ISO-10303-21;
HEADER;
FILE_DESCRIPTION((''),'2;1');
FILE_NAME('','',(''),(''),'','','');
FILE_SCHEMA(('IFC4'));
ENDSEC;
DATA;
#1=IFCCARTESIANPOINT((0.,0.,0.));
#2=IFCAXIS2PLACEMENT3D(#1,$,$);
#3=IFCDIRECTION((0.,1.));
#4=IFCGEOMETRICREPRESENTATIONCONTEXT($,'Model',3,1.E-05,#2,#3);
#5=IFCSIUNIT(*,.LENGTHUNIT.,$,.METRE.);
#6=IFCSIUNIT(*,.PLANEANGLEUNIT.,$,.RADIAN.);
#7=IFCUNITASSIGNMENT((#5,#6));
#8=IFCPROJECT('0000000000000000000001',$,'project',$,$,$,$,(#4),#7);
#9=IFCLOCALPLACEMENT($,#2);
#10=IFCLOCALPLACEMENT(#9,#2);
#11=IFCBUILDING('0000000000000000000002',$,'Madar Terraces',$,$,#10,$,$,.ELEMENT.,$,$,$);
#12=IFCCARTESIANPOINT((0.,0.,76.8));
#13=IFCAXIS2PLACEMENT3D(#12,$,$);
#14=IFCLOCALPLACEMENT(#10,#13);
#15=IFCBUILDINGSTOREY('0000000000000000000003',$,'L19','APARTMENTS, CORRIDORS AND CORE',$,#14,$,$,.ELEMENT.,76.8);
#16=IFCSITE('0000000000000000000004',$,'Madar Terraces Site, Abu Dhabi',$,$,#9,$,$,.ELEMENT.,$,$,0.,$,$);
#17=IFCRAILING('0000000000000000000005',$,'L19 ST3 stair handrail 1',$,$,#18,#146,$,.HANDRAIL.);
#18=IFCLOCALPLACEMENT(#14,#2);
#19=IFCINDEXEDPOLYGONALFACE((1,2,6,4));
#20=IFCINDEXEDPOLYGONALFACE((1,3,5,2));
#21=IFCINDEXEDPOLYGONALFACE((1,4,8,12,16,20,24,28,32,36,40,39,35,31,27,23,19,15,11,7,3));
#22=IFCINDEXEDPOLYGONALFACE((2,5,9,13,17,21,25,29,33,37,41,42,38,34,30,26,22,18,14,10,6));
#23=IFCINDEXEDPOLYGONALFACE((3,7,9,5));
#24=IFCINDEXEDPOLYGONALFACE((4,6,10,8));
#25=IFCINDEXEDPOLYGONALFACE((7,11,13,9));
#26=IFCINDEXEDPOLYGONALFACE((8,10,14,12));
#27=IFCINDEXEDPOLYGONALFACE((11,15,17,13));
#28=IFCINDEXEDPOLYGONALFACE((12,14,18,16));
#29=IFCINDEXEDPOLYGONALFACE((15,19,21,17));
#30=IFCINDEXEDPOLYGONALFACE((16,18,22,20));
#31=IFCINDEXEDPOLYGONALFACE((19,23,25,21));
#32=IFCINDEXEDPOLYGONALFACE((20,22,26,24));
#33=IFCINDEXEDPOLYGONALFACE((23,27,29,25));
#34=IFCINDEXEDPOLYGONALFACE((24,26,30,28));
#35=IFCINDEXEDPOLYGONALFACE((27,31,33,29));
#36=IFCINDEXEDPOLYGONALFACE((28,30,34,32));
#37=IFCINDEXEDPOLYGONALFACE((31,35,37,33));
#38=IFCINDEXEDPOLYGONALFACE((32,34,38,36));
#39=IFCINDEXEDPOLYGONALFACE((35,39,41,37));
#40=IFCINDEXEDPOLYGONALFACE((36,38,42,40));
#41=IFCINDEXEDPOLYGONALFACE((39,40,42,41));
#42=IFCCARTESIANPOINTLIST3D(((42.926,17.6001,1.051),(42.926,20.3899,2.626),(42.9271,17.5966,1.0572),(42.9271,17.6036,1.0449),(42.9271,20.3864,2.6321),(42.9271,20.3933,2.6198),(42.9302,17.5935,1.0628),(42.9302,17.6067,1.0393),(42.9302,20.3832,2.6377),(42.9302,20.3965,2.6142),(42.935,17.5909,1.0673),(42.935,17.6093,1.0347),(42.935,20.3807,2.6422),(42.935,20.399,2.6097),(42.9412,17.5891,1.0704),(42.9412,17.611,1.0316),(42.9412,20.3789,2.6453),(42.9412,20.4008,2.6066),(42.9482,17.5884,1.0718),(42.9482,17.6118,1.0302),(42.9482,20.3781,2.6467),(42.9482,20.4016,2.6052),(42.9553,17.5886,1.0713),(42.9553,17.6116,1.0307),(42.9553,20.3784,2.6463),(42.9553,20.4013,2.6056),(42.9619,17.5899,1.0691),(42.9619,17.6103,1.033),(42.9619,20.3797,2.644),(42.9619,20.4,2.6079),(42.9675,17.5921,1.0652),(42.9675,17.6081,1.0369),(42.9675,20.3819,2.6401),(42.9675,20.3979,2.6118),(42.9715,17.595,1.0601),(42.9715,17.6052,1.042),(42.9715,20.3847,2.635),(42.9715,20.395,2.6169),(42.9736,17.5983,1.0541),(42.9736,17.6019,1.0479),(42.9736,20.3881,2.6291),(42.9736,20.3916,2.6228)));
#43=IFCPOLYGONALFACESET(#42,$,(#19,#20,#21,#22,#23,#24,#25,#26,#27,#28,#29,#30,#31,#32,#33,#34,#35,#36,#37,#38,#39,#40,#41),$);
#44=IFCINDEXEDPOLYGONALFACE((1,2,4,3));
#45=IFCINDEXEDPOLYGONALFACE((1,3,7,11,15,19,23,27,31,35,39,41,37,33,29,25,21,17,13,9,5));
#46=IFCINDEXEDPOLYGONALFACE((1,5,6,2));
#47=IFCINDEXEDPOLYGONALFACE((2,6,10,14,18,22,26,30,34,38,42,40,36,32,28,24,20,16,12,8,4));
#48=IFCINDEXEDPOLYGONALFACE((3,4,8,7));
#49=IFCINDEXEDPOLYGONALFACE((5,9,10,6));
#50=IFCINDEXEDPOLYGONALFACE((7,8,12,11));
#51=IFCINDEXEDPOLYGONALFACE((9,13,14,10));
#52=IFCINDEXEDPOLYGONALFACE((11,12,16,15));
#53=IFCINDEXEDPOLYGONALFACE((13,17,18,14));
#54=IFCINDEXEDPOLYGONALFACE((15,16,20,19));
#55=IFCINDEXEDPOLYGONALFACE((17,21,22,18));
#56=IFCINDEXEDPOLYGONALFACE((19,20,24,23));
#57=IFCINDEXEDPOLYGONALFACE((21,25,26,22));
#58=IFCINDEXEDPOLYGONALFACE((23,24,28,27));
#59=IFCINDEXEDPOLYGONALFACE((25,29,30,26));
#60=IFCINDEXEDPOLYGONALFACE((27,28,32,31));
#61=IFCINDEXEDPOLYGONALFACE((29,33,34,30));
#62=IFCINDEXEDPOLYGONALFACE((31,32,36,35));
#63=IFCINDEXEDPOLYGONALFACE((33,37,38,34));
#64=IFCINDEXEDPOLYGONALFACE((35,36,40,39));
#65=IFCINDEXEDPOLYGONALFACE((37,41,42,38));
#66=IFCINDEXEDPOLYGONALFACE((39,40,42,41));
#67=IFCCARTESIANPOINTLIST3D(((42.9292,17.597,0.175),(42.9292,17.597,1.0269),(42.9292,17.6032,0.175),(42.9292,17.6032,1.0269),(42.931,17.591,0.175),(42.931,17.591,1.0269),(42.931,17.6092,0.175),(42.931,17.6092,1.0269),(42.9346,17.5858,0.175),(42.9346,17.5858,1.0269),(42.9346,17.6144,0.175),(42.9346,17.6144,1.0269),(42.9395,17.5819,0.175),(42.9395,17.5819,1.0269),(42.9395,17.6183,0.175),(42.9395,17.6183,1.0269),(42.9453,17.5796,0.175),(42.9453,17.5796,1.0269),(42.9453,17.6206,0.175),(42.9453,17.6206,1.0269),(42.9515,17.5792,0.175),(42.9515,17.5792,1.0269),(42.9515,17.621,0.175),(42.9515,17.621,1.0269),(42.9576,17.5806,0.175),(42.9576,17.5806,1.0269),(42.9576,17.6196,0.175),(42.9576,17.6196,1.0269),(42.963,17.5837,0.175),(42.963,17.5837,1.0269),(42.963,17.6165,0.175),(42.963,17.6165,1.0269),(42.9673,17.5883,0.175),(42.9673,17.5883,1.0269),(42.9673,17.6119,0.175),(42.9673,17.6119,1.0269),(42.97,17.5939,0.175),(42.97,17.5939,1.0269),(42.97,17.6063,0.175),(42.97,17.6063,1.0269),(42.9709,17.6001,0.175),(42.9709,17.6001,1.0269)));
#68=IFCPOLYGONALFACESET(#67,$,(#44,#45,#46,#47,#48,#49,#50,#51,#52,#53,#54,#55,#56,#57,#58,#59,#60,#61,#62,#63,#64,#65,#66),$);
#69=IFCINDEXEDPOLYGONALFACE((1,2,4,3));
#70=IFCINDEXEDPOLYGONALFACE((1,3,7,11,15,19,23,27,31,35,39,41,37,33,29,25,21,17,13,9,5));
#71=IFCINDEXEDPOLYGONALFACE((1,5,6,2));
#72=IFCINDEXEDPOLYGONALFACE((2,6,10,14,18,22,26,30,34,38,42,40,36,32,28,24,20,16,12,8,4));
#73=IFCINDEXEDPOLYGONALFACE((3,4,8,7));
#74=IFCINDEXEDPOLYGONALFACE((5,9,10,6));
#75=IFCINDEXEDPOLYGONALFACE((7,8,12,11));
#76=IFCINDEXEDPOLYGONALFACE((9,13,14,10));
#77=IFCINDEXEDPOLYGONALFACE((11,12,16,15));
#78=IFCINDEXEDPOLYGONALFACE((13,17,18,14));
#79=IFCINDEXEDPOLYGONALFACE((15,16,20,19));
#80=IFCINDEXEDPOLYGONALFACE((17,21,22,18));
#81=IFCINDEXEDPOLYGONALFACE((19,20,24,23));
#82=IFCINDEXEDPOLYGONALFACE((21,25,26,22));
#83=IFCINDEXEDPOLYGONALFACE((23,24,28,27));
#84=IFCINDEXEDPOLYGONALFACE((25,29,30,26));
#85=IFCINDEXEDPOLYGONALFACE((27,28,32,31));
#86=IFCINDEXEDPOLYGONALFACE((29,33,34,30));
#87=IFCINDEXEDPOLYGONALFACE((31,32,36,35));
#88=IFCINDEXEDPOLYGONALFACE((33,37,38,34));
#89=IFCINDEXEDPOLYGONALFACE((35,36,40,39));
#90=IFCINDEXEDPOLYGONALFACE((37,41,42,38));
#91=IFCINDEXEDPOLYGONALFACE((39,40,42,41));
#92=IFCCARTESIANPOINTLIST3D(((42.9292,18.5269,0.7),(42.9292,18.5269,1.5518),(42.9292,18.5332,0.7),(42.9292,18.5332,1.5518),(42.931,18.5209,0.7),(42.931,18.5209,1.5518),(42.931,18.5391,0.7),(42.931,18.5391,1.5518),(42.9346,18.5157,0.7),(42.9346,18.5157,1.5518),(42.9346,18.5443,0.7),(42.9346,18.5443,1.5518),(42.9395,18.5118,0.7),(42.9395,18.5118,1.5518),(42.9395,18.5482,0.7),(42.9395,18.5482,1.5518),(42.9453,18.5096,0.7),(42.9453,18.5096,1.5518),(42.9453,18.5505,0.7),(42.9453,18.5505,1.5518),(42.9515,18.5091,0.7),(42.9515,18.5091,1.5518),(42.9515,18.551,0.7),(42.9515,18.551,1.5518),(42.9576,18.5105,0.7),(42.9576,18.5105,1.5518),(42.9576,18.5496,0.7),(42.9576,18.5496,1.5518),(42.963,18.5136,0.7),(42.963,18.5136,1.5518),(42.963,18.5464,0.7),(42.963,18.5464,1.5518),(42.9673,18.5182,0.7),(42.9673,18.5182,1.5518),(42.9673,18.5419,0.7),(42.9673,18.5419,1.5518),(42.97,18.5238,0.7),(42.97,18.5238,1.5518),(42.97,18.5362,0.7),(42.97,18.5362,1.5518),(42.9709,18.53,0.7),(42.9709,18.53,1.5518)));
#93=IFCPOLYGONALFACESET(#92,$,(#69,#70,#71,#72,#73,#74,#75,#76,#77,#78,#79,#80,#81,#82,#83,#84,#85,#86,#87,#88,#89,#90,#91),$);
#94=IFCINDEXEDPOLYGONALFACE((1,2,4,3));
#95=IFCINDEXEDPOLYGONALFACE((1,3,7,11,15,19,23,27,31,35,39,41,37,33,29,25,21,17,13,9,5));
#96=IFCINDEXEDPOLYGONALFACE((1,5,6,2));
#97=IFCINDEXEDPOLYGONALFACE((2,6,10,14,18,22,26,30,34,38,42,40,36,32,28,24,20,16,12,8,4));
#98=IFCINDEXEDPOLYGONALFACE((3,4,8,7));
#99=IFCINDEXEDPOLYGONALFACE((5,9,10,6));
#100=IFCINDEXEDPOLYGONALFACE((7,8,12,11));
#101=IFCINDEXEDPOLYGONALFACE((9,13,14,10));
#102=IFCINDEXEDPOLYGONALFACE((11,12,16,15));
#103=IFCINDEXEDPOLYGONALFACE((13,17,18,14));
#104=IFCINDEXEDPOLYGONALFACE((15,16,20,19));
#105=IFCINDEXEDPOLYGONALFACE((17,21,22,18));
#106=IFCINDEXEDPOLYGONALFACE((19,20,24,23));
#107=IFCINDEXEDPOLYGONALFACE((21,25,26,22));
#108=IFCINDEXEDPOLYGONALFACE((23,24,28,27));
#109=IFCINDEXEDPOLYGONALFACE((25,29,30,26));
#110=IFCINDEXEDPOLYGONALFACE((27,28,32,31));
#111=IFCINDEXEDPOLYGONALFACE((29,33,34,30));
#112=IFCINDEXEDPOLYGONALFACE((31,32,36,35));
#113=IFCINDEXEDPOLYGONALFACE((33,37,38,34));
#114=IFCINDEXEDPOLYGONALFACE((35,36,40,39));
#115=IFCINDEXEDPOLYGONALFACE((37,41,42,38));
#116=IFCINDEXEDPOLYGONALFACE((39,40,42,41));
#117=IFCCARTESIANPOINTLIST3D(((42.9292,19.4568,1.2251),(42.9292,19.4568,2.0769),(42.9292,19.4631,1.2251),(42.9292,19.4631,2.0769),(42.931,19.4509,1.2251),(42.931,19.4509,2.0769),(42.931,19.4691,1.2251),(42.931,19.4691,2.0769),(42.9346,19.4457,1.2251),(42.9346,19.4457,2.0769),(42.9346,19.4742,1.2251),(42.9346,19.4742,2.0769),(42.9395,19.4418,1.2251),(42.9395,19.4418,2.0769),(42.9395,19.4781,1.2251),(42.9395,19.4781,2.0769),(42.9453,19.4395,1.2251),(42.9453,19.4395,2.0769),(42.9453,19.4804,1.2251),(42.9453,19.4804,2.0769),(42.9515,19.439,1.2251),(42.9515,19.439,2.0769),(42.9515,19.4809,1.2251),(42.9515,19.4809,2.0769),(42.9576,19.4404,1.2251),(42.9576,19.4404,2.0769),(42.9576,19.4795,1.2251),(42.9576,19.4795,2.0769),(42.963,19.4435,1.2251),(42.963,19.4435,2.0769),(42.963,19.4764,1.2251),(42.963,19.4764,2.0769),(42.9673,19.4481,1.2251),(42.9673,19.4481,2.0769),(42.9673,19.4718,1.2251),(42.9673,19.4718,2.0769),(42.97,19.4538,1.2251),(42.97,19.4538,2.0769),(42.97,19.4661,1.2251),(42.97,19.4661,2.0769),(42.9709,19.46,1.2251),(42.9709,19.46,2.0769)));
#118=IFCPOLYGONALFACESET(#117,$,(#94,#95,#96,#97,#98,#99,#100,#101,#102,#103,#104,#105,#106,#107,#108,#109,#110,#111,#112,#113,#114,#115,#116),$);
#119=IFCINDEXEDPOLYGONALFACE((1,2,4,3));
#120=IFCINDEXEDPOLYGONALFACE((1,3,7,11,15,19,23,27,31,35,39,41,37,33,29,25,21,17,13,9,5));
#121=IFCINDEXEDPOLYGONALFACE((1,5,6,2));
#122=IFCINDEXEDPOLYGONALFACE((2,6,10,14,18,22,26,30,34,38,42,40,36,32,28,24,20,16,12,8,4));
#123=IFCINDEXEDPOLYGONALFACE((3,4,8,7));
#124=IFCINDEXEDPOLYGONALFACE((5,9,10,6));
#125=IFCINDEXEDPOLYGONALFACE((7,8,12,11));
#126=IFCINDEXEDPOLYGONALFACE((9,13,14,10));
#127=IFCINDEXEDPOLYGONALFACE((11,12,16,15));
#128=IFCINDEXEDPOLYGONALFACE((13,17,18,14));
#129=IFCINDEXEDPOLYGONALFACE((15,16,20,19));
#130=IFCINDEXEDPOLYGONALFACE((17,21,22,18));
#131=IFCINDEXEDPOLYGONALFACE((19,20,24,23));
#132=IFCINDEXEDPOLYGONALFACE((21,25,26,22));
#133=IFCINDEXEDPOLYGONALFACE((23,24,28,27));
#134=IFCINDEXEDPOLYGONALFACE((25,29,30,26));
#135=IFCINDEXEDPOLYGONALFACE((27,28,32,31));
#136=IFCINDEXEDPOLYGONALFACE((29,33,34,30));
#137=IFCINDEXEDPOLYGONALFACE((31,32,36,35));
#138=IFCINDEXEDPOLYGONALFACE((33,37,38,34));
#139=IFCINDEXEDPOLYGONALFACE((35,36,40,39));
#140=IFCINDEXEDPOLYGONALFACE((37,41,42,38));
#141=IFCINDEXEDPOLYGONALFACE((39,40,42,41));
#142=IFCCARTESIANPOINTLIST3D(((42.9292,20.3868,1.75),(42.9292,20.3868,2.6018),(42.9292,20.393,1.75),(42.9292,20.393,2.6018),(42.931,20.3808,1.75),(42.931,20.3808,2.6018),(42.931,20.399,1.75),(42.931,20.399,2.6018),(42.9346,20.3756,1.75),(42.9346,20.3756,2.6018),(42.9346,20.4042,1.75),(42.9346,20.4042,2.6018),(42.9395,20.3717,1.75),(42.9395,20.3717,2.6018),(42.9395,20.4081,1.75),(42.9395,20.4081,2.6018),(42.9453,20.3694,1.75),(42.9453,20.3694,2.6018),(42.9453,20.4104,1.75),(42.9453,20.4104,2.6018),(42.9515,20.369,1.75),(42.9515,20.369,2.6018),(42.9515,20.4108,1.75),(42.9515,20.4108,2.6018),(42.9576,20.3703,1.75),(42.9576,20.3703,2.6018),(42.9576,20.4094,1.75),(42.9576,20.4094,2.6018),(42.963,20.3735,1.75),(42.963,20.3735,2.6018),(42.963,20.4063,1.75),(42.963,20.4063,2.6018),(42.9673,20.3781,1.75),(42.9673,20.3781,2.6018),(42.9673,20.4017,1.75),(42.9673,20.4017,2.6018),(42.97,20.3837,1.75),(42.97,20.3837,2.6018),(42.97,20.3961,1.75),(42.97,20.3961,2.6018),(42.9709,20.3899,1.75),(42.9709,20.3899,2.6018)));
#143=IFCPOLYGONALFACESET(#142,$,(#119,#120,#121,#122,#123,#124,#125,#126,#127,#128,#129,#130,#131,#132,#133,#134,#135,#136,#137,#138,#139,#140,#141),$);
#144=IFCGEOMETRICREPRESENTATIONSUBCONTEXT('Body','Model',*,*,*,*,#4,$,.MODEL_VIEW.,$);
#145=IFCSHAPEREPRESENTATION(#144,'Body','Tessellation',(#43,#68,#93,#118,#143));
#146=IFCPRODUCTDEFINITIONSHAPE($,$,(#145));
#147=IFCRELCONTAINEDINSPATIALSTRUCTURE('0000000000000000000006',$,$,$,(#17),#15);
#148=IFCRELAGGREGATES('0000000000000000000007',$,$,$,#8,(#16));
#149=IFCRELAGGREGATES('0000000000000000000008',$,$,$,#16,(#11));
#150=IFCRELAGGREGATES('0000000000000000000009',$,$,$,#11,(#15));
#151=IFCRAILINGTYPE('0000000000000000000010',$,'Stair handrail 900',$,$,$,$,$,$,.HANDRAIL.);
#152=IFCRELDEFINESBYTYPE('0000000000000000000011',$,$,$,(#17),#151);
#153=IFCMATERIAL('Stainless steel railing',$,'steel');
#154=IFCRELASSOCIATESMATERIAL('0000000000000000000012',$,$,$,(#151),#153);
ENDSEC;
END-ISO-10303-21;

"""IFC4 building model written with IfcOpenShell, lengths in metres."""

from ifc_helpers import new_model, si_unit, direction, frame, origin, origin_2d, place, context, subcontext, project, spatial, circle, extrude, material, type_object, element, save


model = new_model("IFC4")

# Units and contexts
model_context = context("Model", 3, precision=1e-05, world=origin(), true_north=direction((0.0, 1.0)))
body_context = subcontext(model_context, "Body", "Model", "MODEL_VIEW")
ifc_project = project(units=[si_unit("LENGTHUNIT", "METRE"), si_unit("PLANEANGLEUNIT", "RADIAN")], contexts=[model_context])

# Site, building, storey
site_placement = place(None, origin())
site = spatial("IfcSite", under=ifc_project, at=site_placement, Name="Madar Terraces Site, Abu Dhabi", CompositionType="ELEMENT", RefElevation=0.0)
building_placement = place(site_placement, origin())
building = spatial("IfcBuilding", under=site, at=building_placement, Name="Madar Terraces", CompositionType="ELEMENT")
storey_placement = place(building_placement, frame((0.0, 0.0, 76.8)))
storey = spatial("IfcBuildingStorey", under=building, at=storey_placement, Name="L19", Description="APARTMENTS, CORRIDORS AND CORE", CompositionType="ELEMENT", Elevation=76.8)

# Railing
ifc_material_1 = material(Name="Stainless steel railing", Category="steel")
railing_type_1 = type_object("IfcRailingType", Name="Stair handrail 900", PredefinedType="HANDRAIL", material=ifc_material_1)
railing_1_placement = place(storey_placement, frame((42.95, 17.6001, 0.175)))
element("IfcRailing", 1, at=railing_1_placement, inside=storey, type_object=railing_type_1, Name="L19 ST3 stair handrail 1", PredefinedType="HANDRAIL", context=body_context, shape_type="SweptSolid", body=[
    extrude(circle(Radius=0.0239, at=origin_2d()), frame((0.0, 0.0, 0.876), z_axis=(0.0, 0.870815, 0.49161), x_axis=(-1.0, 0.0, 0.0)), (0.0, 0.0, 1.0), 3.2036),
    extrude(circle(Radius=0.021, at=origin_2d()), origin(), (0.0, 0.0, 1.0), 0.8518),
    extrude(circle(Radius=0.021, at=origin_2d()), frame((0.0, 0.9299, 0.5249)), (0.0, 0.0, 1.0), 0.8518),
    extrude(circle(Radius=0.021, at=origin_2d()), frame((0.0, 1.8599, 1.05)), (0.0, 0.0, 1.0), 0.8518),
    extrude(circle(Radius=0.021, at=origin_2d()), frame((0.0, 2.7898, 1.575)), (0.0, 0.0, 1.0), 0.8518),
])

save(model, "model.ifc")
